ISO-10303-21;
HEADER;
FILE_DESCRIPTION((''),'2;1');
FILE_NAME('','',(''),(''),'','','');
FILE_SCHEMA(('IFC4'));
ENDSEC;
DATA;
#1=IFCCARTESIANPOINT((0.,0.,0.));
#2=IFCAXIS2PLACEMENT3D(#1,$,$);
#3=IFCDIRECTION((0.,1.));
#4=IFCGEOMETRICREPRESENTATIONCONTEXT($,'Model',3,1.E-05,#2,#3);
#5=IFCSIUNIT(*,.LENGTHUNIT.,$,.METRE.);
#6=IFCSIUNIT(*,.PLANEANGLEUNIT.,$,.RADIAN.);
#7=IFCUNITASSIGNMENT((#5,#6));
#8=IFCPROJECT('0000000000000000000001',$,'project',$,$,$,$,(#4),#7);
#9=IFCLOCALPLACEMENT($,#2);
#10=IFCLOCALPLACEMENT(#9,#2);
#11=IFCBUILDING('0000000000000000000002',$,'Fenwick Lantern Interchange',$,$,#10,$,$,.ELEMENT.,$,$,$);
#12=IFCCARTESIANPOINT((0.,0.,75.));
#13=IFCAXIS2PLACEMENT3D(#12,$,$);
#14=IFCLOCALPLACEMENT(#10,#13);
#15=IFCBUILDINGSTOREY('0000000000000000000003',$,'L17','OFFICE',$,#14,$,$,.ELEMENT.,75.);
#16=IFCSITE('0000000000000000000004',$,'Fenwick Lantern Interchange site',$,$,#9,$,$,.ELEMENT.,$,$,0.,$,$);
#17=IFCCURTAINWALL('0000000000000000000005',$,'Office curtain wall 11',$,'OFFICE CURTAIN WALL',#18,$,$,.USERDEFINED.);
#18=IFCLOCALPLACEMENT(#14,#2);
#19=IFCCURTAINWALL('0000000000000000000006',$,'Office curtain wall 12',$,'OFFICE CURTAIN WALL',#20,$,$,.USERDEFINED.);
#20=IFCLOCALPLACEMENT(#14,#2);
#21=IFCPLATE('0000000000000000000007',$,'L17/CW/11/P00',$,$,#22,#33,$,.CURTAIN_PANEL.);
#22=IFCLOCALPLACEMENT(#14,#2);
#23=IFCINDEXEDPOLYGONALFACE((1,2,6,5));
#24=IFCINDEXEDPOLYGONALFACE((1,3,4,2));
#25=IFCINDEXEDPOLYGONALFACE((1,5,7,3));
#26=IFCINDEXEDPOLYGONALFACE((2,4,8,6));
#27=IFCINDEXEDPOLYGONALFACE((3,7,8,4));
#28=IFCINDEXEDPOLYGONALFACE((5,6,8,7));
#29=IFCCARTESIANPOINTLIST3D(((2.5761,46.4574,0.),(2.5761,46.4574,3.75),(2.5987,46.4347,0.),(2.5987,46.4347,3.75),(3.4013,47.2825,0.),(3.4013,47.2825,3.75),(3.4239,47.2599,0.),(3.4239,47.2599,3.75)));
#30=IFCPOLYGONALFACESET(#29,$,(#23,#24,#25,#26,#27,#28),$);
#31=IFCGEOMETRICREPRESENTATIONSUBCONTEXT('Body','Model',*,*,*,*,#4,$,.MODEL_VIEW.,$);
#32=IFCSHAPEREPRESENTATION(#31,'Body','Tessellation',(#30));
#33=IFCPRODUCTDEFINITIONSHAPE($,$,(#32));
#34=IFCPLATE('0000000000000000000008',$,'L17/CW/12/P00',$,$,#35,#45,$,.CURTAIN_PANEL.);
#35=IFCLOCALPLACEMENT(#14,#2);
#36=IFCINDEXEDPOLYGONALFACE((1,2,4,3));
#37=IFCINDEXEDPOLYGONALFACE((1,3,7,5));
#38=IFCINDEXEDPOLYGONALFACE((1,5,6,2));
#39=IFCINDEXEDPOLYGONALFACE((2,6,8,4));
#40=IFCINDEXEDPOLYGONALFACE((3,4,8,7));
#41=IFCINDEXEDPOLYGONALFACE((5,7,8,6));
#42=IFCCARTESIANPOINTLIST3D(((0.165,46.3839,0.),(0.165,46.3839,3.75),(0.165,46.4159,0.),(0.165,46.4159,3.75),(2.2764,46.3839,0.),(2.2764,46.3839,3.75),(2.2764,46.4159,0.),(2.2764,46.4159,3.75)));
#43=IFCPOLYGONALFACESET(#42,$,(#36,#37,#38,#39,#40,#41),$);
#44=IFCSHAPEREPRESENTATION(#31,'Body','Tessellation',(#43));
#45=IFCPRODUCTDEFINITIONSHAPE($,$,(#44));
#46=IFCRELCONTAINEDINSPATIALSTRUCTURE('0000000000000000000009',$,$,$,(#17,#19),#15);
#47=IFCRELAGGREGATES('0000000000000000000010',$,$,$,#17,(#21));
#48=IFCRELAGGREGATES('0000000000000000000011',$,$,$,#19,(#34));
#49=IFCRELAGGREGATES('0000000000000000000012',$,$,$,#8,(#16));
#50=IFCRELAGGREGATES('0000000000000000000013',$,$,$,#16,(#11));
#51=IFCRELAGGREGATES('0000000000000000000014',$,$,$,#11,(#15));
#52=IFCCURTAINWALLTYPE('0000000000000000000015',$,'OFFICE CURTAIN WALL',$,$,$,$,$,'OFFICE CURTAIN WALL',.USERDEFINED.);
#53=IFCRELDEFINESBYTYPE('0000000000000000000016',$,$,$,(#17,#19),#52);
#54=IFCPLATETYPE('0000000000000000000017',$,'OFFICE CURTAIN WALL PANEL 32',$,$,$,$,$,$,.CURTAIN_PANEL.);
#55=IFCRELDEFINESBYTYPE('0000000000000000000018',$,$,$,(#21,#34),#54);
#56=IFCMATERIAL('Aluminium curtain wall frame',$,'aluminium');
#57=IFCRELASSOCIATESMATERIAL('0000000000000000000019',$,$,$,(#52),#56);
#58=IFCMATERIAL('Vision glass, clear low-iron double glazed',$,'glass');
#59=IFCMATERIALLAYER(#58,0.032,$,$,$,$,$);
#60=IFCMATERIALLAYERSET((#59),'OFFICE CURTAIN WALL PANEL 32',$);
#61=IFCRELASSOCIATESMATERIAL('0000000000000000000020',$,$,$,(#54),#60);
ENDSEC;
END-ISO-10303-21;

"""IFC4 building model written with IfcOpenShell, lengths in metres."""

from ifc_helpers import new_model, si_unit, direction, frame, origin, origin_2d, place, context, subcontext, project, spatial, rectangle, extrude, material, layer, layer_set, type_object, element, aggregate, save


model = new_model("IFC4")

# Units and contexts
model_context = context("Model", 3, precision=1e-05, world=origin(), true_north=direction((0.0, 1.0)))
body_context = subcontext(model_context, "Body", "Model", "MODEL_VIEW")
ifc_project = project(units=[si_unit("LENGTHUNIT", "METRE"), si_unit("PLANEANGLEUNIT", "RADIAN")], contexts=[model_context])

# Site, building, storey
site_placement = place(None, origin())
site = spatial("IfcSite", under=ifc_project, at=site_placement, Name="Fenwick Lantern Interchange site", CompositionType="ELEMENT", RefElevation=0.0)
building_placement = place(site_placement, origin())
building = spatial("IfcBuilding", under=site, at=building_placement, Name="Fenwick Lantern Interchange", CompositionType="ELEMENT")
storey_placement = place(building_placement, frame((0.0, 0.0, 75.0)))
storey = spatial("IfcBuildingStorey", under=building, at=storey_placement, Name="L17", Description="OFFICE", CompositionType="ELEMENT", Elevation=75.0)

# Shared definitions
ifc_material_1 = material(Name="Aluminium curtain wall frame", Category="aluminium")
curtain_wall_type = type_object("IfcCurtainWallType", Name="OFFICE CURTAIN WALL", ElementType="OFFICE CURTAIN WALL", PredefinedType="USERDEFINED", material=ifc_material_1)

# Curtain walls
curtain_wall_1_placement = place(storey_placement, origin())
curtain_wall_1 = element("IfcCurtainWall", 1, at=curtain_wall_1_placement, inside=storey, type_object=curtain_wall_type, Name="Office curtain wall 11", ObjectType="OFFICE CURTAIN WALL", PredefinedType="USERDEFINED")
curtain_wall_2_placement = place(storey_placement, origin())
curtain_wall_2 = element("IfcCurtainWall", 2, at=curtain_wall_2_placement, inside=storey, type_object=curtain_wall_type, Name="Office curtain wall 12", ObjectType="OFFICE CURTAIN WALL", PredefinedType="USERDEFINED")

# Plates
ifc_material_2 = material(Name="Vision glass, clear low-iron double glazed", Category="glass")
ifc_layer_1 = layer(ifc_material_2, 0.032)
ifc_layer_set_1 = layer_set([ifc_layer_1], Name="OFFICE CURTAIN WALL PANEL 32")
plate_type = type_object("IfcPlateType", Name="OFFICE CURTAIN WALL PANEL 32", PredefinedType="CURTAIN_PANEL", material=ifc_layer_set_1)
plate_1_placement = place(storey_placement, frame((3.0, 46.8586, 0.0), z_axis=(0.0, 0.0, 1.0), x_axis=(-0.707107, -0.707107, 0.0)))
plate_1 = element("IfcPlate", 3, at=plate_1_placement, type_object=plate_type, Name="L17/CW/11/P00", PredefinedType="CURTAIN_PANEL", context=body_context, shape_type="SweptSolid", body=[
    extrude(rectangle(XDim=1.167, YDim=0.032, at=origin_2d()), origin(), (0.0, 0.0, 1.0), 3.75),
])
aggregate(curtain_wall_1, [plate_1])
plate_2_placement = place(storey_placement, frame((1.2207, 46.3999, 0.0), z_axis=(0.0, 0.0, 1.0), x_axis=(-1.0, 0.0, 0.0)))
plate_2 = element("IfcPlate", 4, at=plate_2_placement, type_object=plate_type, Name="L17/CW/12/P00", PredefinedType="CURTAIN_PANEL", context=body_context, shape_type="SweptSolid", body=[
    extrude(rectangle(XDim=2.1113, YDim=0.032, at=origin_2d()), origin(), (0.0, 0.0, 1.0), 3.75),
])
aggregate(curtain_wall_2, [plate_2])

save(model, "model.ifc")
